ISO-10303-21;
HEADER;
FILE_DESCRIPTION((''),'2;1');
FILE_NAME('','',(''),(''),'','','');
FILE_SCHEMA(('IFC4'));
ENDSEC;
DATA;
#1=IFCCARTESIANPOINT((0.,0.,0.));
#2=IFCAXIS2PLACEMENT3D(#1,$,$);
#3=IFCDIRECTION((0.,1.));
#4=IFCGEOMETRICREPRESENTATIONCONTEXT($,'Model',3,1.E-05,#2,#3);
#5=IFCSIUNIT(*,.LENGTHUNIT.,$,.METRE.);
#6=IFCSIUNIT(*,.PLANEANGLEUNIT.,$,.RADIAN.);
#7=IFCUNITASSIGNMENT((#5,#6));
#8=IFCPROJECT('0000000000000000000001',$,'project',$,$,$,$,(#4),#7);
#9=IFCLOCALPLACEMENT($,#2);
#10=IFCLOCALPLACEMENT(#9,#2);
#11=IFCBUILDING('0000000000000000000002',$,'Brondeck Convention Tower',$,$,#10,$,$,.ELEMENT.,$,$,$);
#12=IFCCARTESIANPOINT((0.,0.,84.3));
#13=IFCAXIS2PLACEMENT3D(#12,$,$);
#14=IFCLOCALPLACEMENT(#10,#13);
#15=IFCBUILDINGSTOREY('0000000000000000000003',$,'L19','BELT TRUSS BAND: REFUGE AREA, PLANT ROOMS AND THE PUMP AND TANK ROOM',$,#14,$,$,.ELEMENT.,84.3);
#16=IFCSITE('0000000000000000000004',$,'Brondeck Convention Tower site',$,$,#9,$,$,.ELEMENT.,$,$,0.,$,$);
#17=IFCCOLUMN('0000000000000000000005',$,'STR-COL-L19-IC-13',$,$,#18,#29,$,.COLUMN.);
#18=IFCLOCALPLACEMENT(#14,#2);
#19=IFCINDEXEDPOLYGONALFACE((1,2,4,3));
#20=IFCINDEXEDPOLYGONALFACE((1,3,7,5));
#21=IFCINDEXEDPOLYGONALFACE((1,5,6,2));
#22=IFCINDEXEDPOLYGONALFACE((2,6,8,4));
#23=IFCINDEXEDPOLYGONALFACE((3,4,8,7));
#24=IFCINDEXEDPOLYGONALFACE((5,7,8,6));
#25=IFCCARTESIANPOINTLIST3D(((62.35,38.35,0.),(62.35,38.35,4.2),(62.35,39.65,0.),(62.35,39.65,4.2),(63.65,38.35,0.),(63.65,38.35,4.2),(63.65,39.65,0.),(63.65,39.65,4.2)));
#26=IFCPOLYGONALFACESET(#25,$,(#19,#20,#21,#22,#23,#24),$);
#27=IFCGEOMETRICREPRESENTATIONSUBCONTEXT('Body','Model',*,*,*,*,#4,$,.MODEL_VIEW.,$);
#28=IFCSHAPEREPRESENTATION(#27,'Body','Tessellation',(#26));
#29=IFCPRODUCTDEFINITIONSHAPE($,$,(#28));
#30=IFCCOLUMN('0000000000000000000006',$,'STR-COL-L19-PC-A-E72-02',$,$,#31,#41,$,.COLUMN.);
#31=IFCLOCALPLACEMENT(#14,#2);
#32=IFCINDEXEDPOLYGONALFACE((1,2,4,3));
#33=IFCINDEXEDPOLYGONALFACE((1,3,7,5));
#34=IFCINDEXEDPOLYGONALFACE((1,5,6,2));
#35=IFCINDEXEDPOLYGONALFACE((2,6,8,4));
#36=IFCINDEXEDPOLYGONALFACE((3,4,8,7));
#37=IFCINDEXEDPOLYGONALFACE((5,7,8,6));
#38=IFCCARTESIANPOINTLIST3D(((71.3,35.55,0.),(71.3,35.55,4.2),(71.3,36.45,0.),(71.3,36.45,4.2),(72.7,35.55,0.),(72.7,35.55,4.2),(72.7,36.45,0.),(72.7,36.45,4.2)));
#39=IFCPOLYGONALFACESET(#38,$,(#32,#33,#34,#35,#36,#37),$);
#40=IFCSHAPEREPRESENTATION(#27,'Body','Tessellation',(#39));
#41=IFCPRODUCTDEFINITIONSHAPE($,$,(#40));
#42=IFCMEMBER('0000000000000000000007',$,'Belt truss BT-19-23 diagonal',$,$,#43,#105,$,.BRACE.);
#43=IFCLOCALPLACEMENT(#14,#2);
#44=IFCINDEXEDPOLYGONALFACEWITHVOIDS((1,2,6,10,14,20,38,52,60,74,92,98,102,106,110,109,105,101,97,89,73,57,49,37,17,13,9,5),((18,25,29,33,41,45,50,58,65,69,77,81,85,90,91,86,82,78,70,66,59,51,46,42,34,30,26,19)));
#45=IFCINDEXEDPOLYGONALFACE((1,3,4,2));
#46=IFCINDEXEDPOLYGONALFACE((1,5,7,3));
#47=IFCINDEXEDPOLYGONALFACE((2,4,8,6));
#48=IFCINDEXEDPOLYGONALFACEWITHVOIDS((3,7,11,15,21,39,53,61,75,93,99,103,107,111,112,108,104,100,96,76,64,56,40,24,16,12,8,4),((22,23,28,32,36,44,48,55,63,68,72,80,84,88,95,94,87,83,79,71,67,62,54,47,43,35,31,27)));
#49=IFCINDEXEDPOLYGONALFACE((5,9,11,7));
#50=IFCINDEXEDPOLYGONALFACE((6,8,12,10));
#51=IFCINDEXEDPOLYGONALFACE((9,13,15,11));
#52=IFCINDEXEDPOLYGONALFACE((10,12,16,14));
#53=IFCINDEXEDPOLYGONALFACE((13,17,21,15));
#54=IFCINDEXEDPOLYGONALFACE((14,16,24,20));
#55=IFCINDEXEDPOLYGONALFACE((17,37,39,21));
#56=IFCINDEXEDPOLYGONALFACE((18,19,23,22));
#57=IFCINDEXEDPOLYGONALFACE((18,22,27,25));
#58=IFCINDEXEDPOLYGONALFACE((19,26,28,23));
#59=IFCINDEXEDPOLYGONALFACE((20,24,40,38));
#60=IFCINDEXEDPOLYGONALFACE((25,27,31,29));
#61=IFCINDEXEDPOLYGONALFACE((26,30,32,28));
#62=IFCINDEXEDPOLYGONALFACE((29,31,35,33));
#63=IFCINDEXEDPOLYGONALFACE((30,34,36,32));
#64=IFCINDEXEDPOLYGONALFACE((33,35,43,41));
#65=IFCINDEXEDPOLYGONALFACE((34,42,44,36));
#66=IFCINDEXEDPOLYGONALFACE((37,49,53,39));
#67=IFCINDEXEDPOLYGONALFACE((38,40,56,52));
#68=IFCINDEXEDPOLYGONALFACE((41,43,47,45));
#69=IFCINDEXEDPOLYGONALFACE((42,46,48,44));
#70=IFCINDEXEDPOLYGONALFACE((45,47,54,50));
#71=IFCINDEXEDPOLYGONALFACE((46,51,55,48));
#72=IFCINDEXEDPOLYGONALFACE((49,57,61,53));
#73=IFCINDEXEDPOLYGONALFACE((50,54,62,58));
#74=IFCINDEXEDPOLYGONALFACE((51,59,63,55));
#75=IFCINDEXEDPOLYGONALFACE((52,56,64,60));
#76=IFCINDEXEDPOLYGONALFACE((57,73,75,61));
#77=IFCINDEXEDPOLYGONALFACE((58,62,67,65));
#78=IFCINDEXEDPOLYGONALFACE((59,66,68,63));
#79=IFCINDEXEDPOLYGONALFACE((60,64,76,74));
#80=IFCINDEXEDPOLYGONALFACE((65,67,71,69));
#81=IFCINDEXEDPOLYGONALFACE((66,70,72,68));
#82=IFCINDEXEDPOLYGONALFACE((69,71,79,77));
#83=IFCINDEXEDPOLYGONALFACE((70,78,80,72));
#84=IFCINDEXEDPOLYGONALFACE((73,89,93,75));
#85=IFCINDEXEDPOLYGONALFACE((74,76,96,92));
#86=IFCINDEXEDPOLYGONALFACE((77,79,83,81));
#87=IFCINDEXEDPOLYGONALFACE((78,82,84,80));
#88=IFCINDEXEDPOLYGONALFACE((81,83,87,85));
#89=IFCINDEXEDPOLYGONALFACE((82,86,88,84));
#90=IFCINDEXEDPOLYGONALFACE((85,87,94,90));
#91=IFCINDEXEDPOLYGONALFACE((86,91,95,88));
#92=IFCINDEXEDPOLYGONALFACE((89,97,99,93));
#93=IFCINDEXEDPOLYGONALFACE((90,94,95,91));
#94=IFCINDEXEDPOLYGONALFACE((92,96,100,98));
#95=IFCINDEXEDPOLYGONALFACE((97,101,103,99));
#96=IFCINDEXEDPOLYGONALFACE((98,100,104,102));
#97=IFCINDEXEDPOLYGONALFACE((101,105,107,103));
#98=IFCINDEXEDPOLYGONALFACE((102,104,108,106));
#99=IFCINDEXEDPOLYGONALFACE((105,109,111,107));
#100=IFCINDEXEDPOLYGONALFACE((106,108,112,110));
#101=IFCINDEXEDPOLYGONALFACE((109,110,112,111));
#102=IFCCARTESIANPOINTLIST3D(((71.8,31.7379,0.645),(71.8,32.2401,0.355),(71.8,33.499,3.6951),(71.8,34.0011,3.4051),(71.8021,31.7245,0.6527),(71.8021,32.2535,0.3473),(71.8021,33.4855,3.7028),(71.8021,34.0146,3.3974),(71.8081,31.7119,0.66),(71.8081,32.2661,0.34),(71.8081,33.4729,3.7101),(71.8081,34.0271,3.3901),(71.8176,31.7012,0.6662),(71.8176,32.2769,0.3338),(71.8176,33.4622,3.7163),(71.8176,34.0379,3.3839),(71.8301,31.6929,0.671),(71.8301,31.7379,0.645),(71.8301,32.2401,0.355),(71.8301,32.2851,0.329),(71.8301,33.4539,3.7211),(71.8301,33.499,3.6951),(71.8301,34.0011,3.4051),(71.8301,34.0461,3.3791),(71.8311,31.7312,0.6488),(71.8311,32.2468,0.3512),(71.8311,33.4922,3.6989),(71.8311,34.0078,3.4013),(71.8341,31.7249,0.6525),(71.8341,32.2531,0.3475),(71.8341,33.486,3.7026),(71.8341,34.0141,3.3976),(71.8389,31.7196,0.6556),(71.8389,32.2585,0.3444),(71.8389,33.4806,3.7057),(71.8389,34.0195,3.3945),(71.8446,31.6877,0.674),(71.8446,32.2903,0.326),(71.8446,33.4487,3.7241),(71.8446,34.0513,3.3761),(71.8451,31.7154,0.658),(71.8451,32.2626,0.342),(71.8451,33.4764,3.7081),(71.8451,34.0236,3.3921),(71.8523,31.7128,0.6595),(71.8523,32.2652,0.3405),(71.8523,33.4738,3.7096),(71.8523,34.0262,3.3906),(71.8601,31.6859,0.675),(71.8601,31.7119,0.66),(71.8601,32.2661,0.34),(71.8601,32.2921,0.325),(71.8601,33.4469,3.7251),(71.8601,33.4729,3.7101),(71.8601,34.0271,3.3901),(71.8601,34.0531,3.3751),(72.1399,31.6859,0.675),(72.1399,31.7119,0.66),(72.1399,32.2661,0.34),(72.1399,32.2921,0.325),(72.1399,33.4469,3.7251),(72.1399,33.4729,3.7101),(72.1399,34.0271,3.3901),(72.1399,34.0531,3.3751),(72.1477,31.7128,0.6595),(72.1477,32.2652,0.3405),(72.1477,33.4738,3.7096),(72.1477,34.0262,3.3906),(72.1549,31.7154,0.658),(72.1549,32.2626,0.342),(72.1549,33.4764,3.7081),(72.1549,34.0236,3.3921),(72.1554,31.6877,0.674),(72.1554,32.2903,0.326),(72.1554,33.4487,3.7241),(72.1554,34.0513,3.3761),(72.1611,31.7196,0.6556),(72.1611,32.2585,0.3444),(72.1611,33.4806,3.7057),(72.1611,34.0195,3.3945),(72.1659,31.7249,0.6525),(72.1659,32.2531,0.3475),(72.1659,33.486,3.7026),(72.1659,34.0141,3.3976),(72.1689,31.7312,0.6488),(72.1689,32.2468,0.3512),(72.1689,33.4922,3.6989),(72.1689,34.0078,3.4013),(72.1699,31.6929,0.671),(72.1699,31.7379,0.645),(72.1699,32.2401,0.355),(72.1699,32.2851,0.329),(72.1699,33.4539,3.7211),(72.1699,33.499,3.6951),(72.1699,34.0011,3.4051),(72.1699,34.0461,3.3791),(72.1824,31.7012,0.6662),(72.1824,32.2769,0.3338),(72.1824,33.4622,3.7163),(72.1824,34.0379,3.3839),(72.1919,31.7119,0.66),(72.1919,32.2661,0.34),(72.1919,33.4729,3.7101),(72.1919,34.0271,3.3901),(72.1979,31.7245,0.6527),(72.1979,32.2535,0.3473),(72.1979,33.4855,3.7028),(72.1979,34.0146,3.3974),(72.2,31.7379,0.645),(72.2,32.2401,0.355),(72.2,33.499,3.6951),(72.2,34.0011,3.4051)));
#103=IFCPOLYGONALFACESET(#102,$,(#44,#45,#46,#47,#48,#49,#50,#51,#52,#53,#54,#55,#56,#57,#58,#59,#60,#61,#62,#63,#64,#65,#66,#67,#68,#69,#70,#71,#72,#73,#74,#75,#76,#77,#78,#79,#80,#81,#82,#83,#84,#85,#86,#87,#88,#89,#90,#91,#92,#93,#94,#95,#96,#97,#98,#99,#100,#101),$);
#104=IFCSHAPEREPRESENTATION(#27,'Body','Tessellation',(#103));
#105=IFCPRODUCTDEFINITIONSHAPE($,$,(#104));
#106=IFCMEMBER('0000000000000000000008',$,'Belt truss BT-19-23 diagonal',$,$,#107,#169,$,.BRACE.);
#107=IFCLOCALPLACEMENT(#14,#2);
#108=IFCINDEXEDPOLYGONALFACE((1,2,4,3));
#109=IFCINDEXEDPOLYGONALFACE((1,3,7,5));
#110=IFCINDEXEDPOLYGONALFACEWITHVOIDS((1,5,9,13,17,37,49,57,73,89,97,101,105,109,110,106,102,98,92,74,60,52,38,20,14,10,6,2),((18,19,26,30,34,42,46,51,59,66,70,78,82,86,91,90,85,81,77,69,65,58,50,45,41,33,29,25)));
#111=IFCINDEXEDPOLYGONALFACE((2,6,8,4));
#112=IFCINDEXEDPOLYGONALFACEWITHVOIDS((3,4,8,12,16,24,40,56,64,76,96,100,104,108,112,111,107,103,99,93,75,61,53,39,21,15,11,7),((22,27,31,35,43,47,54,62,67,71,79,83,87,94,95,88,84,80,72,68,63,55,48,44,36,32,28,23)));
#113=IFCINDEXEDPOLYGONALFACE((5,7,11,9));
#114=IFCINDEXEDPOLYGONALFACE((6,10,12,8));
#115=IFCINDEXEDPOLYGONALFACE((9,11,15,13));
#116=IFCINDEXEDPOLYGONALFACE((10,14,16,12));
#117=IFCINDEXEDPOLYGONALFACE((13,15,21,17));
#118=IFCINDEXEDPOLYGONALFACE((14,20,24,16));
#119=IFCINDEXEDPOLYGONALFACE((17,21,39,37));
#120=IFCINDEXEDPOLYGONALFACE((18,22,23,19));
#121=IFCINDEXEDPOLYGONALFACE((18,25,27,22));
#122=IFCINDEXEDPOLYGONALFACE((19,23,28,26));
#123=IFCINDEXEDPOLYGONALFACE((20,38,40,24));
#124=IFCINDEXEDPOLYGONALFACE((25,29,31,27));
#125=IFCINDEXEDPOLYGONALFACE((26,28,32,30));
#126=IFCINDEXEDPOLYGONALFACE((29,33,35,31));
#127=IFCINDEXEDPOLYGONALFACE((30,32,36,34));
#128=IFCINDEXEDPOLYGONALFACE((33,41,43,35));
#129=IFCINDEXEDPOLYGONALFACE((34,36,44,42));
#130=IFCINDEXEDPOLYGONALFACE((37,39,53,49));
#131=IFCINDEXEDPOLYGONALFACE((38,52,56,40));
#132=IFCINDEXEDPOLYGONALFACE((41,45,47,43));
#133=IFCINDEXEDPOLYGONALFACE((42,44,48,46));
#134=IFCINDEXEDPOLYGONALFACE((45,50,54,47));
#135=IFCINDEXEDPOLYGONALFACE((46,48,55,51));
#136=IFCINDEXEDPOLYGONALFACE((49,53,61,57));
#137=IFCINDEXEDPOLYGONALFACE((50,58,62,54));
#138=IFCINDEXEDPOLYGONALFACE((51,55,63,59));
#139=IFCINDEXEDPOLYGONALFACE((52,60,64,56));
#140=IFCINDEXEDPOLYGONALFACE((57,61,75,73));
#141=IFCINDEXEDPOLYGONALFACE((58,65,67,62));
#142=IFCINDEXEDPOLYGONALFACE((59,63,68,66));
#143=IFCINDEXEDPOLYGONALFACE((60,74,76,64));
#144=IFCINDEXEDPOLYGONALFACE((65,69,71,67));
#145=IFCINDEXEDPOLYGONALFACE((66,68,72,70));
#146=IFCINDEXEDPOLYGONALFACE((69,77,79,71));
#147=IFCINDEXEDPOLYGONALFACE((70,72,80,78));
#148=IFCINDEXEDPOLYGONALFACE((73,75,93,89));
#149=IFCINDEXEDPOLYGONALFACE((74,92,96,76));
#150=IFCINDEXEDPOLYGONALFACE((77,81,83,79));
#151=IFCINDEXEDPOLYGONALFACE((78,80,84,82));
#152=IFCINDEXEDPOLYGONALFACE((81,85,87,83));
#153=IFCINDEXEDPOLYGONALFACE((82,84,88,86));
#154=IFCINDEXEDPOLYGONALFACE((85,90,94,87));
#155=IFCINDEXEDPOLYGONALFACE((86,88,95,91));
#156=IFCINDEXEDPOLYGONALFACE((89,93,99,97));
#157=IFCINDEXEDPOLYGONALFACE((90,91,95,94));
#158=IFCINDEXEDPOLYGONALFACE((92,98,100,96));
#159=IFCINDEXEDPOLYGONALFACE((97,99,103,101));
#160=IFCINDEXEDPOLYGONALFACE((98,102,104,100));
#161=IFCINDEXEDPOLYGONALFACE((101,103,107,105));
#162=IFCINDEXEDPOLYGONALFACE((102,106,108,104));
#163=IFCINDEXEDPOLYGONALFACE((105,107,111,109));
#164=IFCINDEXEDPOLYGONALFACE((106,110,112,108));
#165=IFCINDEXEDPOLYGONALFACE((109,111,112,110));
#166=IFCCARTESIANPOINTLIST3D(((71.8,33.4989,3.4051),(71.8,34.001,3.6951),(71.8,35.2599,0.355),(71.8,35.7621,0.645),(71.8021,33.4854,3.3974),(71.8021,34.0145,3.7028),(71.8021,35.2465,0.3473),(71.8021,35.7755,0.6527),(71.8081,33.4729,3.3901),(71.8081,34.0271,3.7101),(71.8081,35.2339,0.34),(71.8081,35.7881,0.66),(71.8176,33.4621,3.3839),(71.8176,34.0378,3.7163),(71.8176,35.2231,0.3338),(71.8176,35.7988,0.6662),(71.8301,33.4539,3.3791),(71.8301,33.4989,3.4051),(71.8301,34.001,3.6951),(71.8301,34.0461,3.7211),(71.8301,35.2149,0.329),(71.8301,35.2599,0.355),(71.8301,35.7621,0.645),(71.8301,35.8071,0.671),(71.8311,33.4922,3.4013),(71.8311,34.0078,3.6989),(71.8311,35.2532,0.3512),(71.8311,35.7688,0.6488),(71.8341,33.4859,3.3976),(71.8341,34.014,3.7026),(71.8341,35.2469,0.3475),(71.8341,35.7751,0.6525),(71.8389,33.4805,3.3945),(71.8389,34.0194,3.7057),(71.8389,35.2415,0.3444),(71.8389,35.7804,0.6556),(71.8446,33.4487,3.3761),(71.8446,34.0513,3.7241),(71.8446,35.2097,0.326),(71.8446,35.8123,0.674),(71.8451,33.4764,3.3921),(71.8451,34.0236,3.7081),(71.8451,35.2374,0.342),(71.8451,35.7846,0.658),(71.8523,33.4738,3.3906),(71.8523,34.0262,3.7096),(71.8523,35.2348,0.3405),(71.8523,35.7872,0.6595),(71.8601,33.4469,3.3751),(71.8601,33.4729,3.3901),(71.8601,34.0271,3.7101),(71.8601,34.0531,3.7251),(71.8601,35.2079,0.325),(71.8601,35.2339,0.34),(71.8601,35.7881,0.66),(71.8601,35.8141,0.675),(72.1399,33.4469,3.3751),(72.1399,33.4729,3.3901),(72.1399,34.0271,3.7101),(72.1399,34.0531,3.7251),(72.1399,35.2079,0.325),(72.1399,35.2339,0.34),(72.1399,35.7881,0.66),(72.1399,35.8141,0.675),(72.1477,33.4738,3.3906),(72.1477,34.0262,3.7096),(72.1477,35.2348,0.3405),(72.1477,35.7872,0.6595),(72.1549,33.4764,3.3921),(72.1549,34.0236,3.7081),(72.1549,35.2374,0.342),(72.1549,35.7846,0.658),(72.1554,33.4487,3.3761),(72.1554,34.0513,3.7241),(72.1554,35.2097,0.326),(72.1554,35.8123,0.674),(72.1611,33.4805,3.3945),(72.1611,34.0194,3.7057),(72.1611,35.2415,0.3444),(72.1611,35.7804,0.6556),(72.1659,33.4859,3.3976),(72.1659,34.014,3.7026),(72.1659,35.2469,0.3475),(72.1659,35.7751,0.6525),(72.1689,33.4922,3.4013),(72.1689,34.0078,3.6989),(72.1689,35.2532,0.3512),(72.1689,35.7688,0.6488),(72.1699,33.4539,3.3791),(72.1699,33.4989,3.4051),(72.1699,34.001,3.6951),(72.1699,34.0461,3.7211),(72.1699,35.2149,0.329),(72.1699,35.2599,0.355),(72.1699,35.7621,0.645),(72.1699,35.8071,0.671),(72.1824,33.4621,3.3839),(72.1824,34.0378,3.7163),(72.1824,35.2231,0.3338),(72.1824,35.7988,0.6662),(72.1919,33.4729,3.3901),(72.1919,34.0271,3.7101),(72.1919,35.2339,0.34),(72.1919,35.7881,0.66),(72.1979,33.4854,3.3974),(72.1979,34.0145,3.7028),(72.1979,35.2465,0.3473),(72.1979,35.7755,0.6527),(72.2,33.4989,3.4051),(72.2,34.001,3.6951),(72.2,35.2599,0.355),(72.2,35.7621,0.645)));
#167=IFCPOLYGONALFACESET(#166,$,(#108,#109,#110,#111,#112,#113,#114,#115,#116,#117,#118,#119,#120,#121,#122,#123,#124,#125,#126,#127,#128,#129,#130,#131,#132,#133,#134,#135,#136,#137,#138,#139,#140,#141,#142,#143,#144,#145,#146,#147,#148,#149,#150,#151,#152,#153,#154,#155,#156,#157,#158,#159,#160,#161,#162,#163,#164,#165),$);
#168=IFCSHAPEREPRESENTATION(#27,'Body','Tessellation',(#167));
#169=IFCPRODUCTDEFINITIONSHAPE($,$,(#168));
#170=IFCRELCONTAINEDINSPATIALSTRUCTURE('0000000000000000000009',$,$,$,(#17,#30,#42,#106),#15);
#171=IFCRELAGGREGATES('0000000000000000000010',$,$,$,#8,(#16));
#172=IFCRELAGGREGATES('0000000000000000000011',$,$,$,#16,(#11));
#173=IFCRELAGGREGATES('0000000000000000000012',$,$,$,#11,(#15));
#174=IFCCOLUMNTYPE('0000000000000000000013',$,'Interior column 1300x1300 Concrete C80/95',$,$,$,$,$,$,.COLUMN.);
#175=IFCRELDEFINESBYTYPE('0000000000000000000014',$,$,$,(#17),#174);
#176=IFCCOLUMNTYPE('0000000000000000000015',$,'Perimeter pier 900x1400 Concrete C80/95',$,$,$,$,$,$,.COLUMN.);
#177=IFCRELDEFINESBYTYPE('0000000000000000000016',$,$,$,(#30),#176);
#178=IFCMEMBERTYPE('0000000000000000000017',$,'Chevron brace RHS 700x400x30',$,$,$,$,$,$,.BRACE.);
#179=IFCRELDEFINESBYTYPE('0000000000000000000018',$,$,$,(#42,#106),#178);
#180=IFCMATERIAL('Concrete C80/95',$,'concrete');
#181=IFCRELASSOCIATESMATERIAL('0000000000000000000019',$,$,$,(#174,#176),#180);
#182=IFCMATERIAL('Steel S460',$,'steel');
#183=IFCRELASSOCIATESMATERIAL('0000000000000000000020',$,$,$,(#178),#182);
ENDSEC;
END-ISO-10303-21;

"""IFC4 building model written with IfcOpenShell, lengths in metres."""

from ifc_helpers import new_model, si_unit, direction, frame, origin, origin_2d, place, context, subcontext, project, spatial, rectangle, hollow_rectangle, extrude, material, material_profile, profile_set, type_object, element, save


model = new_model("IFC4")

# Units and contexts
model_context = context("Model", 3, precision=1e-05, world=origin(), true_north=direction((0.0, 1.0)))
body_context = subcontext(model_context, "Body", "Model", "MODEL_VIEW")
ifc_project = project(units=[si_unit("LENGTHUNIT", "METRE"), si_unit("PLANEANGLEUNIT", "RADIAN")], contexts=[model_context])

# Site, building, storey
site_placement = place(None, origin())
site = spatial("IfcSite", under=ifc_project, at=site_placement, Name="Brondeck Convention Tower site", CompositionType="ELEMENT", RefElevation=0.0)
building_placement = place(site_placement, origin())
building = spatial("IfcBuilding", under=site, at=building_placement, Name="Brondeck Convention Tower", CompositionType="ELEMENT")
storey_placement = place(building_placement, frame((0.0, 0.0, 84.3)))
storey = spatial("IfcBuildingStorey", under=building, at=storey_placement, Name="L19", Description="BELT TRUSS BAND: REFUGE AREA, PLANT ROOMS AND THE PUMP AND TANK ROOM", CompositionType="ELEMENT", Elevation=84.3)

# Columns
ifc_material_1 = material(Name="Concrete C80/95", Category="concrete")
ifc_material_profile_1 = material_profile(ifc_material_1, rectangle(XDim=1.3, YDim=1.3, at=origin_2d()), Name="Interior column 1300x1300 Concrete C80/95")
ifc_profile_set_1 = profile_set([ifc_material_profile_1], Name="Concrete C80/95")
column_type_1 = type_object("IfcColumnType", Name="Interior column 1300x1300 Concrete C80/95", PredefinedType="COLUMN", material=ifc_profile_set_1)
column_1_placement = place(storey_placement, frame((63.0, 39.0, 0.0), z_axis=(0.0, 0.0, 1.0), x_axis=(1.0, 0.0, 0.0)))
element("IfcColumn", 1, at=column_1_placement, inside=storey, type_object=column_type_1, Name="STR-COL-L19-IC-13", PredefinedType="COLUMN", context=body_context, shape_type="SweptSolid", body=[
    extrude(rectangle(XDim=1.3, YDim=1.3, at=origin_2d()), origin(), (0.0, 0.0, 1.0), 4.2),
])
ifc_material_profile_2 = material_profile(ifc_material_1, rectangle(XDim=0.8999, YDim=1.3999, at=origin_2d()), Name="Perimeter pier 900x1400 Concrete C80/95")
ifc_profile_set_2 = profile_set([ifc_material_profile_2], Name="Concrete C80/95")
column_type_2 = type_object("IfcColumnType", Name="Perimeter pier 900x1400 Concrete C80/95", PredefinedType="COLUMN", material=ifc_profile_set_2)
column_2_placement = place(storey_placement, frame((72.0, 36.0, 0.0), z_axis=(0.0, 0.0, 1.0), x_axis=(0.0, 1.0, 0.0)))
element("IfcColumn", 2, at=column_2_placement, inside=storey, type_object=column_type_2, Name="STR-COL-L19-PC-A-E72-02", PredefinedType="COLUMN", context=body_context, shape_type="SweptSolid", body=[
    extrude(rectangle(XDim=0.8999, YDim=1.3999, at=origin_2d()), origin(), (0.0, 0.0, 1.0), 4.2),
])

# Members
ifc_material_2 = material(Name="Steel S460", Category="steel")
ifc_material_profile_3 = material_profile(ifc_material_2, hollow_rectangle(XDim=0.3999, YDim=0.7, WallThickness=0.03, InnerFilletRadius=0.03, OuterFilletRadius=0.0601, at=origin_2d()), Name="RHS 700x400x30")
ifc_profile_set_3 = profile_set([ifc_material_profile_3], Name="Steel S460")
member_type_1 = type_object("IfcMemberType", Name="Chevron brace RHS 700x400x30", PredefinedType="BRACE", material=ifc_profile_set_3)
for number, where, z_axis, x_axis, name in (
    (3, (72.0, 31.989, 0.5), (0.0, 0.500008, 0.866021), (-1.0, 0.0, 0.0), "Belt truss BT-19-23 diagonal"),
    (4, (72.0, 35.511, 0.5), (0.0, -0.500008, 0.866021), (1.0, 0.0, 0.0), "Belt truss BT-19-23 diagonal"),
):
    element("IfcMember", number, at=place(storey_placement, frame(where, z_axis=z_axis, x_axis=x_axis)), inside=storey, type_object=member_type_1, Name=name, PredefinedType="BRACE", context=body_context, shape_type="SweptSolid", body=[
        extrude(hollow_rectangle(XDim=0.3999, YDim=0.7, WallThickness=0.03, InnerFilletRadius=0.03, OuterFilletRadius=0.0601, at=origin_2d()), origin(), (0.0, 0.0, 1.0), 3.522),
    ])

save(model, "model.ifc")
